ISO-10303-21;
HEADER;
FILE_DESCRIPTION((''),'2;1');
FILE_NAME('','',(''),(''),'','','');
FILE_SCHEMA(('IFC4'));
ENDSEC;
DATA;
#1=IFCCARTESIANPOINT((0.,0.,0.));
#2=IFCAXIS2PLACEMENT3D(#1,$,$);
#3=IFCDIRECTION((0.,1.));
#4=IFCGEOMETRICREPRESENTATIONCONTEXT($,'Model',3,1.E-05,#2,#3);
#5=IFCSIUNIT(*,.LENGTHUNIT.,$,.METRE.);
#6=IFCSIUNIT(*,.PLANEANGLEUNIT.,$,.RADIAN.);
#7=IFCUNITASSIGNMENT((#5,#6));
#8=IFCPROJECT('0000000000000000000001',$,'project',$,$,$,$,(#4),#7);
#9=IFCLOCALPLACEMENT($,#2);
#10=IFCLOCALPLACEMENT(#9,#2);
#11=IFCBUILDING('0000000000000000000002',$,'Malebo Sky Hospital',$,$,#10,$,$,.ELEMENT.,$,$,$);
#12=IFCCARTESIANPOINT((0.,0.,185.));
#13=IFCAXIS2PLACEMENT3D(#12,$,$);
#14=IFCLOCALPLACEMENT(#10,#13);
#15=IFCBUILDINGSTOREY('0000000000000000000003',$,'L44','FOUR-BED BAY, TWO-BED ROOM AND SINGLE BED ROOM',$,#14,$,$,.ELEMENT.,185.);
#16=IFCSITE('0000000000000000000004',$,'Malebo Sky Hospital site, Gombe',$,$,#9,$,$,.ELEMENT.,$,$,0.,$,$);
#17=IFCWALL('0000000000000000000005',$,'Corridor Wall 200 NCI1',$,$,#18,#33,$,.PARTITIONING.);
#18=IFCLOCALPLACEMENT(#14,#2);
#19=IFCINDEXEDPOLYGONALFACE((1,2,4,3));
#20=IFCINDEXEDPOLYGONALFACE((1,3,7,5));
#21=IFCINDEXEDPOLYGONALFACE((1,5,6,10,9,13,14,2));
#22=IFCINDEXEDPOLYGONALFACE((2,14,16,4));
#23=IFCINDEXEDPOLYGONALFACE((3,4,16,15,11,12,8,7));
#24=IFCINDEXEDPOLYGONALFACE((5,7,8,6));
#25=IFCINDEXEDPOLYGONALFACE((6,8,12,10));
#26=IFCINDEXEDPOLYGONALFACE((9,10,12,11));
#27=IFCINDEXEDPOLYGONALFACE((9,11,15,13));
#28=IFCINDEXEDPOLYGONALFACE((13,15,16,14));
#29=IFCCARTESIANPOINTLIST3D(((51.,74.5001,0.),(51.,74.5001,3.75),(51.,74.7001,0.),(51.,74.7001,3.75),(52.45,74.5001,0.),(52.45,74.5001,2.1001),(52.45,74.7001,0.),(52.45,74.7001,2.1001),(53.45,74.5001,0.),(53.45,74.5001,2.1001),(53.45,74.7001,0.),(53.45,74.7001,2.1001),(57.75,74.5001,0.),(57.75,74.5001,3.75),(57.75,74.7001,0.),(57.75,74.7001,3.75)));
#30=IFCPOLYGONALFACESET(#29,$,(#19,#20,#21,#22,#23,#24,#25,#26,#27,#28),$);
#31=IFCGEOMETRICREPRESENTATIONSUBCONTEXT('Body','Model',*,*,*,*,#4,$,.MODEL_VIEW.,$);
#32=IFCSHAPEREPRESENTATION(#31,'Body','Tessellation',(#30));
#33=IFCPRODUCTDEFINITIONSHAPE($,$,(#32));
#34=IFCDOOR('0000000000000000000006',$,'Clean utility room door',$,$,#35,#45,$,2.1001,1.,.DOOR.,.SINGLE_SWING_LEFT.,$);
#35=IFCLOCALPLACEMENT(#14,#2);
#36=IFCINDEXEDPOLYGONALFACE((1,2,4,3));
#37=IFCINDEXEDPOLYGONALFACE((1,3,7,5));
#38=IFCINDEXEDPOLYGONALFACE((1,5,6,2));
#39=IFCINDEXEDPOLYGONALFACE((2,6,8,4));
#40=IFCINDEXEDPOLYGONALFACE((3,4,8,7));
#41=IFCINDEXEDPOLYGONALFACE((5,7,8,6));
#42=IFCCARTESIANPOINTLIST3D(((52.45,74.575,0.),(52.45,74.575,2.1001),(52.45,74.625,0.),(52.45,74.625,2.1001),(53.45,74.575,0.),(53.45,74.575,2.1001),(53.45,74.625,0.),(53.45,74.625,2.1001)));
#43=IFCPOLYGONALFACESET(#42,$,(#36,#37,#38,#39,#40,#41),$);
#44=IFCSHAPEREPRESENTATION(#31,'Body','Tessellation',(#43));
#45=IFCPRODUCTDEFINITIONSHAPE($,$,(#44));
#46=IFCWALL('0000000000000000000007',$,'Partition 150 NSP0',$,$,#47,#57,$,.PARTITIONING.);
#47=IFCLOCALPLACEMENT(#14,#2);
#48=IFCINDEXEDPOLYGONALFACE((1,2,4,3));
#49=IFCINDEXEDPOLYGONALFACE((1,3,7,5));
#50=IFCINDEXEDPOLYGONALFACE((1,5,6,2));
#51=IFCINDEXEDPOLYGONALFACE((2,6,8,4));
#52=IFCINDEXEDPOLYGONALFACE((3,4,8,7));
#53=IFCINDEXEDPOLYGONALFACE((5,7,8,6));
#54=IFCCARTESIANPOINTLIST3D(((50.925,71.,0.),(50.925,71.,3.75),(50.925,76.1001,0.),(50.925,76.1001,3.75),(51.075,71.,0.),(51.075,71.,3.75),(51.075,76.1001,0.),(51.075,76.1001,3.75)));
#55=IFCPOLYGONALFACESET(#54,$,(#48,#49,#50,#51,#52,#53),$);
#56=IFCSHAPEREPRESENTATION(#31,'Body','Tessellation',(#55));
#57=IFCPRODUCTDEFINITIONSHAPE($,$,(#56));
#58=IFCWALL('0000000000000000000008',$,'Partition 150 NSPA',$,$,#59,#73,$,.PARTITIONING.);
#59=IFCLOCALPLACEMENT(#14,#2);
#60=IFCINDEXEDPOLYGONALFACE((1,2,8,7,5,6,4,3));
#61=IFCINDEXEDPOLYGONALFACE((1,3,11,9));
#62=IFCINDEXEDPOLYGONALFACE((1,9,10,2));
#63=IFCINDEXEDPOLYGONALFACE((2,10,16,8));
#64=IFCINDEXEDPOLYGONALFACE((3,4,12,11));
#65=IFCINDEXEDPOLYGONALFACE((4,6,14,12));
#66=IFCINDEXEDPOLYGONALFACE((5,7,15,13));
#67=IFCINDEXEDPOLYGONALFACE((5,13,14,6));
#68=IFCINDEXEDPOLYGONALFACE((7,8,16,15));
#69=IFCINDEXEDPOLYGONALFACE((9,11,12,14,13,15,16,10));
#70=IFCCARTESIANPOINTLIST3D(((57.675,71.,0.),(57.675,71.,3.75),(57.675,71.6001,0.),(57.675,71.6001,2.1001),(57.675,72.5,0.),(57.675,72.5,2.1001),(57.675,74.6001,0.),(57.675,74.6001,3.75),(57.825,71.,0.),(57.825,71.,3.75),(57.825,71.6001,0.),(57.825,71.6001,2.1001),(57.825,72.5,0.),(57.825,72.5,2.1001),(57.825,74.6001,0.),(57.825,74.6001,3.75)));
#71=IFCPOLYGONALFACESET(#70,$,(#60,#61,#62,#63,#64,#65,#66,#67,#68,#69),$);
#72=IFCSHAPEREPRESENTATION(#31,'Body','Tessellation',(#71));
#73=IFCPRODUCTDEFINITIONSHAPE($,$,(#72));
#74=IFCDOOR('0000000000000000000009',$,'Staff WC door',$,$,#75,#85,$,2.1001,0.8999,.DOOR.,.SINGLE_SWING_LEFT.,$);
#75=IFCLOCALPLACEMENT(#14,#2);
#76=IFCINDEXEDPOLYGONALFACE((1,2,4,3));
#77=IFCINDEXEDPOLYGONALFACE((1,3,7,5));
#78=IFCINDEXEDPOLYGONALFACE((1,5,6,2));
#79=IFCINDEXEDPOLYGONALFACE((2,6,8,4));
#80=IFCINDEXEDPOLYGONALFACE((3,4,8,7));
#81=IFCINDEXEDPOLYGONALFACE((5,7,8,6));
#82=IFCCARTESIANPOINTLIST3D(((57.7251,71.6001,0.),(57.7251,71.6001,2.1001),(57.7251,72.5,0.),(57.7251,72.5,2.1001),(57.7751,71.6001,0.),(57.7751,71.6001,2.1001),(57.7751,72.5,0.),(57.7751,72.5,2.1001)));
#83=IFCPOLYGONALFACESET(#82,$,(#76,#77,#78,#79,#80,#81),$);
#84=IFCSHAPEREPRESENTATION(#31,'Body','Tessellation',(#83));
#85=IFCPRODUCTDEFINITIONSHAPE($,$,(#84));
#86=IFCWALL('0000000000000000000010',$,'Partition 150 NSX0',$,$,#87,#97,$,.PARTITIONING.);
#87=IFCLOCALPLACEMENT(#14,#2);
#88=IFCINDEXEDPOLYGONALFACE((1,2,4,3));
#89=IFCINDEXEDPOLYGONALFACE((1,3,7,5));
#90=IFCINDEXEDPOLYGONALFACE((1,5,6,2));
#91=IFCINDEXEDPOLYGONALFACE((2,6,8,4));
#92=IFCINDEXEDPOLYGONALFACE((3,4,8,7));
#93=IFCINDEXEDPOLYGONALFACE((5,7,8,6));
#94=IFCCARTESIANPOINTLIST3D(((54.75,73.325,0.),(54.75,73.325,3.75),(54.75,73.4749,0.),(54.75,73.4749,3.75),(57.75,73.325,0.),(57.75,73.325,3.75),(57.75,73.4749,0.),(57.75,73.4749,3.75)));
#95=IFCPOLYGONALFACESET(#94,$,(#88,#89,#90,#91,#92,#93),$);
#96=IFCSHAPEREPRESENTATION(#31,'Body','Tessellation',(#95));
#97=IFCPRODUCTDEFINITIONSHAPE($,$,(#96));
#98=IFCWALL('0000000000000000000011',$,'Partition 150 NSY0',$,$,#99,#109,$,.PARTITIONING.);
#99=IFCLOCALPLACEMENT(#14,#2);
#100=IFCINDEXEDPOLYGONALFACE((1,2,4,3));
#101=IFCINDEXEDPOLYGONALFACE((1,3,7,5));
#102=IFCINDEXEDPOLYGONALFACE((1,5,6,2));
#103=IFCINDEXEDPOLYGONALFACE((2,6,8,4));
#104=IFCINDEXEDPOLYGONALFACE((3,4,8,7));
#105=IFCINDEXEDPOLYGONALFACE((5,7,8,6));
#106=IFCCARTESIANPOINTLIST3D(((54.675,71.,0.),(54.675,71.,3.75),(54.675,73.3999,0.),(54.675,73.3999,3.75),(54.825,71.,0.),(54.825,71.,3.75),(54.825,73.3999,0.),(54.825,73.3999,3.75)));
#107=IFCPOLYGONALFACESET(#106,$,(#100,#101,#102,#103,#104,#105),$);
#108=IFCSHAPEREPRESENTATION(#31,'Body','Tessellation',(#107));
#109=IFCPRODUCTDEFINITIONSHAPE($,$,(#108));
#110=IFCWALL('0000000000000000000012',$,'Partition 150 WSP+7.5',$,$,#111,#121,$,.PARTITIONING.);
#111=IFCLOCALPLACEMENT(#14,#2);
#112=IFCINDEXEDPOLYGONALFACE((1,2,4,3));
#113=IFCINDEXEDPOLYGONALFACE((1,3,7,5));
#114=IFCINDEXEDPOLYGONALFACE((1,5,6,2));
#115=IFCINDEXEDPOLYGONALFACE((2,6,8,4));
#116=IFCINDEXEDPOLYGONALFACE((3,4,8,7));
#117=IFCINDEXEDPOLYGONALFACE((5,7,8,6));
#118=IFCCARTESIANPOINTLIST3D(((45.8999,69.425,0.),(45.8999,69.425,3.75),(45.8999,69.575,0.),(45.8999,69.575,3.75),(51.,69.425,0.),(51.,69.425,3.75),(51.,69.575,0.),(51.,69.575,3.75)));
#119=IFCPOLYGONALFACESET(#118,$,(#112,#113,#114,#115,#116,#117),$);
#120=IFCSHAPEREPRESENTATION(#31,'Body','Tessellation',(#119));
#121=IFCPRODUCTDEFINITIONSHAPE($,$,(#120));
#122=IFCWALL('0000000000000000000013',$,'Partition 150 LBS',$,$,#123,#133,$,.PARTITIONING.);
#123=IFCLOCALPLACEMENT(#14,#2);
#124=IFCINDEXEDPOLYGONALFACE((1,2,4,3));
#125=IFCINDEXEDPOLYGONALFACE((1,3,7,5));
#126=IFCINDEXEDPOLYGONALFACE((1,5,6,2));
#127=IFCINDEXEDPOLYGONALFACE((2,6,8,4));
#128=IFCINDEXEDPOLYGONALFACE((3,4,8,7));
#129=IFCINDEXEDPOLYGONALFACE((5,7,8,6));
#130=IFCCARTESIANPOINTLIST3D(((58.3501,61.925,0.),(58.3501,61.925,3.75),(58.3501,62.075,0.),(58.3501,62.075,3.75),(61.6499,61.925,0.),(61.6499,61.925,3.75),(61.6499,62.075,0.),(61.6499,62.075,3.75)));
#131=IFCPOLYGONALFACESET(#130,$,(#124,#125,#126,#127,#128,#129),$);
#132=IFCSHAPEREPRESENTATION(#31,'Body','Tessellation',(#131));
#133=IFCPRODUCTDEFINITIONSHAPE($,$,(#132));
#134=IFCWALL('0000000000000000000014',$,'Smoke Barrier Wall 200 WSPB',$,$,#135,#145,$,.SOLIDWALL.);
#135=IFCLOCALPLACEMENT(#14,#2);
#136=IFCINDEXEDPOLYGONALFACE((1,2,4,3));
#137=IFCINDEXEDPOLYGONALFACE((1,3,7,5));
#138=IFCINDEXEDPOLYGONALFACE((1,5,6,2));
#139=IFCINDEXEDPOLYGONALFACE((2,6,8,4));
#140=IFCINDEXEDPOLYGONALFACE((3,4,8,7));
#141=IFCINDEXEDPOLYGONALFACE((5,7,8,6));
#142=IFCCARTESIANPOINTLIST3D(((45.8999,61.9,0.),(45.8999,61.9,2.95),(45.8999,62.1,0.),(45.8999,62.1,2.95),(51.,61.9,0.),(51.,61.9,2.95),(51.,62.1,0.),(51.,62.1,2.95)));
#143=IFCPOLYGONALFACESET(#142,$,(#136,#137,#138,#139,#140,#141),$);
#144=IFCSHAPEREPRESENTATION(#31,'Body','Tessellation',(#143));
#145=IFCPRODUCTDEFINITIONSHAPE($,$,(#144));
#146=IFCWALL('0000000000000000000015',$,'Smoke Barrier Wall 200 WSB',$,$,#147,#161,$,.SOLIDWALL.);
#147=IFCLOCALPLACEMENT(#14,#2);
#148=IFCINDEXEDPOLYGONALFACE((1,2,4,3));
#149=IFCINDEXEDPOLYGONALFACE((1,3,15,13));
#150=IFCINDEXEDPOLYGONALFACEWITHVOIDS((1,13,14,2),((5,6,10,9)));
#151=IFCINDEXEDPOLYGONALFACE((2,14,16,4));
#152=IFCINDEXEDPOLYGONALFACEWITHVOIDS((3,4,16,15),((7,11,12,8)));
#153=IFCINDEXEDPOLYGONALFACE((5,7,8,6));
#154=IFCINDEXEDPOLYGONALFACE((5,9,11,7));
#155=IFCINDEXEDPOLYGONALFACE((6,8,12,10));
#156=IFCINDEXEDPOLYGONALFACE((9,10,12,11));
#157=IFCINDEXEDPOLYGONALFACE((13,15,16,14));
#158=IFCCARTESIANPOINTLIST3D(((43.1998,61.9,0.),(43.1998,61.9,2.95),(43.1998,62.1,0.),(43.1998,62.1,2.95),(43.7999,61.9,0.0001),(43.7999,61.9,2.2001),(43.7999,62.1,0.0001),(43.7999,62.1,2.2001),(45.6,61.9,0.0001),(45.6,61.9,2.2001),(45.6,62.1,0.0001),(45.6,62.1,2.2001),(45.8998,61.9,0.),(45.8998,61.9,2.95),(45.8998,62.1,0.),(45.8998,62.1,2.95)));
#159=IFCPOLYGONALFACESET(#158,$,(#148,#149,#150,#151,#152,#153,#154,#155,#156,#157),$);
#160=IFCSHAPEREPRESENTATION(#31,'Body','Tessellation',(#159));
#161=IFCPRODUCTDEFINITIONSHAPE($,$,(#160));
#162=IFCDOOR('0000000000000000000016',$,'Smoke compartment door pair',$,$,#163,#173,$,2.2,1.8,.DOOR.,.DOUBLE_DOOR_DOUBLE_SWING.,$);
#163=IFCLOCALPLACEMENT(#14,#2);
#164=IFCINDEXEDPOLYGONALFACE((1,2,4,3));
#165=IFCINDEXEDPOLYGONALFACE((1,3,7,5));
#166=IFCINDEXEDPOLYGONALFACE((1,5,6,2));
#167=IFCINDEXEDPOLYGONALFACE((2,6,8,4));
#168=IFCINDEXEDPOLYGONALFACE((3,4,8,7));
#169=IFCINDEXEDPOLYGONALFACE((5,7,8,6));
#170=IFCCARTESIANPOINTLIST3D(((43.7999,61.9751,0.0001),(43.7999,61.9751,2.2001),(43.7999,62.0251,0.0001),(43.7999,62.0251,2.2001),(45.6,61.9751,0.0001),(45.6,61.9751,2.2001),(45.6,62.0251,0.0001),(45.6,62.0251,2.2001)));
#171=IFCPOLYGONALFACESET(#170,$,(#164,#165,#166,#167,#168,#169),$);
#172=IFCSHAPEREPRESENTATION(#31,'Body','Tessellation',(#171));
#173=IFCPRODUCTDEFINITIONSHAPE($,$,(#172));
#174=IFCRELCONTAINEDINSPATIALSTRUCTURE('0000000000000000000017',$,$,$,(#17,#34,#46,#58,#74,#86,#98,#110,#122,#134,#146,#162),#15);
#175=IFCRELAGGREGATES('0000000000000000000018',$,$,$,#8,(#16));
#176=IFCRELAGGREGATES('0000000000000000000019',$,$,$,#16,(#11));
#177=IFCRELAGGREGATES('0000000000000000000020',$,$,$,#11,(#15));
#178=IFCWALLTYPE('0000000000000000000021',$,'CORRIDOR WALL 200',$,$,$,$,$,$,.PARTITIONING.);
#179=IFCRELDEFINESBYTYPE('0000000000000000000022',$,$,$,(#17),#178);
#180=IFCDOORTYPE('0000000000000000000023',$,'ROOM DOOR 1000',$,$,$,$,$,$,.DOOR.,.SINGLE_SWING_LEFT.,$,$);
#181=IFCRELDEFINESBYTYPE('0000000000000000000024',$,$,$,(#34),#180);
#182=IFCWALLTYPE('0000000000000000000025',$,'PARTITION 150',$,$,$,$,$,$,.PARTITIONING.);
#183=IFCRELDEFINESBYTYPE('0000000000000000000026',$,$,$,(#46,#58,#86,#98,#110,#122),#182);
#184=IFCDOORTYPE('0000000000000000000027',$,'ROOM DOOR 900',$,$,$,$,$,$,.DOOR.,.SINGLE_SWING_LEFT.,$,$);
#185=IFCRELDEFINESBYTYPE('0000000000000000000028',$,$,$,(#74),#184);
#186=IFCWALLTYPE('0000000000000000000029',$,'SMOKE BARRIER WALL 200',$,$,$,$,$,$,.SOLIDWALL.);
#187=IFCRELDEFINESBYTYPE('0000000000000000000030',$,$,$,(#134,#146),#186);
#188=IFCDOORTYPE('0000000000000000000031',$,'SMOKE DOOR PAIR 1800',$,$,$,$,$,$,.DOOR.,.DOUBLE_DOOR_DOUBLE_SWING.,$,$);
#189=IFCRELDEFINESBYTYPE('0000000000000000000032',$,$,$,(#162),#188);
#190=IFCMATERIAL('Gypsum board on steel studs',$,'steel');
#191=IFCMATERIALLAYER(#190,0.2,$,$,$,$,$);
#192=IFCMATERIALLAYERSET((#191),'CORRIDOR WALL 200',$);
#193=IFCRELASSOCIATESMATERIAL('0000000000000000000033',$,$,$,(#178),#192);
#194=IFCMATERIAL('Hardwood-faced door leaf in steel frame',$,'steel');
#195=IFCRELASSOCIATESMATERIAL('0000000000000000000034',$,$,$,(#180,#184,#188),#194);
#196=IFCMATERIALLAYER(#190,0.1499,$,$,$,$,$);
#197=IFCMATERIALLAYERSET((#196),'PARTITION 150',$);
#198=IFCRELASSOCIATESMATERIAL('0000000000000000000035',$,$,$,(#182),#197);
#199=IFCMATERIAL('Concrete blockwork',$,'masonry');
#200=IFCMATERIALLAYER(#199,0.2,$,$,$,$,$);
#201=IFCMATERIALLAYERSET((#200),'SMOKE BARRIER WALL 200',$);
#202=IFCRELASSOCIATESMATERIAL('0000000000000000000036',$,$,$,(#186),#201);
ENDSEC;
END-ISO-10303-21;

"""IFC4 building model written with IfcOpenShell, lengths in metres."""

from ifc_helpers import new_model, si_unit, direction, frame, frame_2d, origin, place, context, subcontext, project, spatial, rectangle, extrude, material, layer, layer_set, type_object, element, fill, save


model = new_model("IFC4")

# Units and contexts
model_context = context("Model", 3, precision=1e-05, world=origin(), true_north=direction((0.0, 1.0)))
body_context = subcontext(model_context, "Body", "Model", "MODEL_VIEW")
ifc_project = project(units=[si_unit("LENGTHUNIT", "METRE"), si_unit("PLANEANGLEUNIT", "RADIAN")], contexts=[model_context])

# Site, building, storey
site_placement = place(None, origin())
site = spatial("IfcSite", under=ifc_project, at=site_placement, Name="Malebo Sky Hospital site, Gombe", CompositionType="ELEMENT", RefElevation=0.0)
building_placement = place(site_placement, origin())
building = spatial("IfcBuilding", under=site, at=building_placement, Name="Malebo Sky Hospital", CompositionType="ELEMENT")
storey_placement = place(building_placement, frame((0.0, 0.0, 185.0)))
storey = spatial("IfcBuildingStorey", under=building, at=storey_placement, Name="L44", Description="FOUR-BED BAY, TWO-BED ROOM AND SINGLE BED ROOM", CompositionType="ELEMENT", Elevation=185.0)

# Wall, opening, door
ifc_material_1 = material(Name="Hardwood-faced door leaf in steel frame", Category="steel")
ifc_material_2 = material(Name="Gypsum board on steel studs", Category="steel")
ifc_layer_1 = layer(ifc_material_2, 0.2)
ifc_layer_set_1 = layer_set([ifc_layer_1], Name="CORRIDOR WALL 200")
wall_type_1 = type_object("IfcWallType", Name="CORRIDOR WALL 200", PredefinedType="PARTITIONING", material=ifc_layer_set_1)
wall_1_placement = place(storey_placement, frame((51.0, 74.6001, 0.0), z_axis=(0.0, 0.0, 1.0), x_axis=(1.0, 0.0, 0.0)))
wall_1 = element("IfcWall", 1, at=wall_1_placement, inside=storey, type_object=wall_type_1, Name="Corridor Wall 200 NCI1", PredefinedType="PARTITIONING", context=body_context, shape_type="SweptSolid", body=[
    extrude(rectangle(XDim=6.75, YDim=0.2, at=frame_2d((3.375, 0.0))), origin(), (0.0, 0.0, 1.0), 3.75),
])
opening_1_placement = place(wall_1_placement, frame((1.45, 0.0, 0.0)))
opening_1 = element("IfcOpeningElement", 2, at=opening_1_placement, cuts=wall_1, PredefinedType="OPENING", context=body_context, shape_type="SweptSolid", body=[
    extrude(rectangle(XDim=1.0, YDim=2.1001, at=frame_2d((0.5, 1.05))), frame((0.0, 0.1099, 0.0), z_axis=(0.0, -1.0, 0.0), x_axis=(1.0, 0.0, 0.0)), (0.0, 0.0, 1.0), 0.22),
])
door_type_1 = type_object("IfcDoorType", Name="ROOM DOOR 1000", OperationType="SINGLE_SWING_LEFT", PredefinedType="DOOR", material=ifc_material_1)
door_1_placement = place(opening_1_placement, origin())
door_1 = element("IfcDoor", 3, at=door_1_placement, inside=storey, type_object=door_type_1, Name="Clean utility room door", OperationType="SINGLE_SWING_LEFT", OverallHeight=2.1001, OverallWidth=1.0, PredefinedType="DOOR", context=body_context, shape_type="SweptSolid", body=[
    extrude(rectangle(XDim=1.0, YDim=2.1001, at=frame_2d((0.5, 1.05))), frame((0.0, 0.0249, 0.0), z_axis=(0.0, -1.0, 0.0), x_axis=(1.0, 0.0, 0.0)), (0.0, 0.0, 1.0), 0.05),
])
fill(opening_1, door_1)

# Wall
ifc_layer_2 = layer(ifc_material_2, 0.1499)
ifc_layer_set_2 = layer_set([ifc_layer_2], Name="PARTITION 150")
wall_type_2 = type_object("IfcWallType", Name="PARTITION 150", PredefinedType="PARTITIONING", material=ifc_layer_set_2)
wall_2_placement = place(storey_placement, frame((51.0, 71.0, 0.0), z_axis=(0.0, 0.0, 1.0), x_axis=(0.0, 1.0, 0.0)))
element("IfcWall", 4, at=wall_2_placement, inside=storey, type_object=wall_type_2, Name="Partition 150 NSP0", PredefinedType="PARTITIONING", context=body_context, shape_type="SweptSolid", body=[
    extrude(rectangle(XDim=5.1001, YDim=0.1499, at=frame_2d((2.55, 0.0))), origin(), (0.0, 0.0, 1.0), 3.75),
])

# Wall, opening, door
wall_3_placement = place(storey_placement, frame((57.75, 71.0, 0.0), z_axis=(0.0, 0.0, 1.0), x_axis=(0.0, 1.0, 0.0)))
wall_3 = element("IfcWall", 5, at=wall_3_placement, inside=storey, type_object=wall_type_2, Name="Partition 150 NSPA", PredefinedType="PARTITIONING", context=body_context, shape_type="SweptSolid", body=[
    extrude(rectangle(XDim=3.6001, YDim=0.1499, at=frame_2d((1.8, 0.0))), origin(), (0.0, 0.0, 1.0), 3.75),
])
opening_2_placement = place(wall_3_placement, frame((0.6001, 0.0, 0.0)))
opening_2 = element("IfcOpeningElement", 6, at=opening_2_placement, cuts=wall_3, PredefinedType="OPENING", context=body_context, shape_type="SweptSolid", body=[
    extrude(rectangle(XDim=0.8999, YDim=2.1001, at=frame_2d((0.45, 1.05))), frame((0.0, 0.085, 0.0), z_axis=(0.0, -1.0, 0.0), x_axis=(1.0, 0.0, 0.0)), (0.0, 0.0, 1.0), 0.1699),
])
door_type_2 = type_object("IfcDoorType", Name="ROOM DOOR 900", OperationType="SINGLE_SWING_LEFT", PredefinedType="DOOR", material=ifc_material_1)
door_2_placement = place(opening_2_placement, origin())
door_2 = element("IfcDoor", 7, at=door_2_placement, inside=storey, type_object=door_type_2, Name="Staff WC door", OperationType="SINGLE_SWING_LEFT", OverallHeight=2.1001, OverallWidth=0.8999, PredefinedType="DOOR", context=body_context, shape_type="SweptSolid", body=[
    extrude(rectangle(XDim=0.8999, YDim=2.1001, at=frame_2d((0.45, 1.05))), frame((0.0, 0.0249, 0.0), z_axis=(0.0, -1.0, 0.0), x_axis=(1.0, 0.0, 0.0)), (0.0, 0.0, 1.0), 0.05),
])
fill(opening_2, door_2)

# Walls
wall_4_placement = place(storey_placement, frame((54.75, 73.3999, 0.0), z_axis=(0.0, 0.0, 1.0), x_axis=(1.0, 0.0, 0.0)))
element("IfcWall", 8, at=wall_4_placement, inside=storey, type_object=wall_type_2, Name="Partition 150 NSX0", PredefinedType="PARTITIONING", context=body_context, shape_type="SweptSolid", body=[
    extrude(rectangle(XDim=3.0, YDim=0.1499, at=frame_2d((1.5, 0.0))), origin(), (0.0, 0.0, 1.0), 3.75),
])
wall_5_placement = place(storey_placement, frame((54.75, 71.0, 0.0), z_axis=(0.0, 0.0, 1.0), x_axis=(0.0, 1.0, 0.0)))
element("IfcWall", 9, at=wall_5_placement, inside=storey, type_object=wall_type_2, Name="Partition 150 NSY0", PredefinedType="PARTITIONING", context=body_context, shape_type="SweptSolid", body=[
    extrude(rectangle(XDim=2.3999, YDim=0.1499, at=frame_2d((1.2, 0.0))), origin(), (0.0, 0.0, 1.0), 3.75),
])
wall_6_placement = place(storey_placement, frame((51.0, 69.5, 0.0), z_axis=(0.0, 0.0, 1.0), x_axis=(-1.0, 0.0, 0.0)))
element("IfcWall", 10, at=wall_6_placement, inside=storey, type_object=wall_type_2, Name="Partition 150 WSP+7.5", PredefinedType="PARTITIONING", context=body_context, shape_type="SweptSolid", body=[
    extrude(rectangle(XDim=5.1001, YDim=0.1499, at=frame_2d((2.55, 0.0))), origin(), (0.0, 0.0, 1.0), 3.75),
])
wall_7_placement = place(storey_placement, frame((58.3501, 62.0, 0.0), z_axis=(0.0, 0.0, 1.0), x_axis=(1.0, 0.0, 0.0)))
element("IfcWall", 11, at=wall_7_placement, inside=storey, type_object=wall_type_2, Name="Partition 150 LBS", PredefinedType="PARTITIONING", context=body_context, shape_type="SweptSolid", body=[
    extrude(rectangle(XDim=3.2998, YDim=0.1499, at=frame_2d((1.6499, 0.0))), origin(), (0.0, 0.0, 1.0), 3.75),
])
ifc_material_3 = material(Name="Concrete blockwork", Category="masonry")
ifc_layer_3 = layer(ifc_material_3, 0.2)
ifc_layer_set_3 = layer_set([ifc_layer_3], Name="SMOKE BARRIER WALL 200")
wall_type_3 = type_object("IfcWallType", Name="SMOKE BARRIER WALL 200", PredefinedType="SOLIDWALL", material=ifc_layer_set_3)
wall_8_placement = place(storey_placement, frame((51.0, 62.0, 0.0), z_axis=(0.0, 0.0, 1.0), x_axis=(-1.0, 0.0, 0.0)))
element("IfcWall", 12, at=wall_8_placement, inside=storey, type_object=wall_type_3, Name="Smoke Barrier Wall 200 WSPB", PredefinedType="SOLIDWALL", context=body_context, shape_type="SweptSolid", body=[
    extrude(rectangle(XDim=5.1001, YDim=0.2, at=frame_2d((2.55, 0.0))), origin(), (0.0, 0.0, 1.0), 2.95),
])

# Wall, opening, door
wall_9_placement = place(storey_placement, frame((45.8999, 62.0, 0.0), z_axis=(0.0, 0.0, 1.0), x_axis=(-1.0, 0.0, 0.0)))
wall_9 = element("IfcWall", 13, at=wall_9_placement, inside=storey, type_object=wall_type_3, Name="Smoke Barrier Wall 200 WSB", PredefinedType="SOLIDWALL", context=body_context, shape_type="SweptSolid", body=[
    extrude(rectangle(XDim=2.7, YDim=0.2, at=frame_2d((1.3501, 0.0))), origin(), (0.0, 0.0, 1.0), 2.95),
])
opening_3_placement = place(wall_9_placement, frame((0.3, 0.0, 0.0)))
opening_3 = element("IfcOpeningElement", 14, at=opening_3_placement, cuts=wall_9, PredefinedType="OPENING", context=body_context, shape_type="SweptSolid", body=[
    extrude(rectangle(XDim=1.8, YDim=2.2, at=frame_2d((0.8999, 1.1001))), frame((0.0, 0.1099, 0.0), z_axis=(0.0, -1.0, 0.0), x_axis=(1.0, 0.0, 0.0)), (0.0, 0.0, 1.0), 0.22),
])
door_type_3 = type_object("IfcDoorType", Name="SMOKE DOOR PAIR 1800", OperationType="DOUBLE_DOOR_DOUBLE_SWING", PredefinedType="DOOR", material=ifc_material_1)
door_3_placement = place(opening_3_placement, origin())
door_3 = element("IfcDoor", 15, at=door_3_placement, inside=storey, type_object=door_type_3, Name="Smoke compartment door pair", OperationType="DOUBLE_DOOR_DOUBLE_SWING", OverallHeight=2.2, OverallWidth=1.8, PredefinedType="DOOR", context=body_context, shape_type="SweptSolid", body=[
    extrude(rectangle(XDim=1.8, YDim=2.2, at=frame_2d((0.8999, 1.1001))), frame((0.0, 0.0249, 0.0), z_axis=(0.0, -1.0, 0.0), x_axis=(1.0, 0.0, 0.0)), (0.0, 0.0, 1.0), 0.05),
])
fill(opening_3, door_3)

save(model, "model.ifc")
